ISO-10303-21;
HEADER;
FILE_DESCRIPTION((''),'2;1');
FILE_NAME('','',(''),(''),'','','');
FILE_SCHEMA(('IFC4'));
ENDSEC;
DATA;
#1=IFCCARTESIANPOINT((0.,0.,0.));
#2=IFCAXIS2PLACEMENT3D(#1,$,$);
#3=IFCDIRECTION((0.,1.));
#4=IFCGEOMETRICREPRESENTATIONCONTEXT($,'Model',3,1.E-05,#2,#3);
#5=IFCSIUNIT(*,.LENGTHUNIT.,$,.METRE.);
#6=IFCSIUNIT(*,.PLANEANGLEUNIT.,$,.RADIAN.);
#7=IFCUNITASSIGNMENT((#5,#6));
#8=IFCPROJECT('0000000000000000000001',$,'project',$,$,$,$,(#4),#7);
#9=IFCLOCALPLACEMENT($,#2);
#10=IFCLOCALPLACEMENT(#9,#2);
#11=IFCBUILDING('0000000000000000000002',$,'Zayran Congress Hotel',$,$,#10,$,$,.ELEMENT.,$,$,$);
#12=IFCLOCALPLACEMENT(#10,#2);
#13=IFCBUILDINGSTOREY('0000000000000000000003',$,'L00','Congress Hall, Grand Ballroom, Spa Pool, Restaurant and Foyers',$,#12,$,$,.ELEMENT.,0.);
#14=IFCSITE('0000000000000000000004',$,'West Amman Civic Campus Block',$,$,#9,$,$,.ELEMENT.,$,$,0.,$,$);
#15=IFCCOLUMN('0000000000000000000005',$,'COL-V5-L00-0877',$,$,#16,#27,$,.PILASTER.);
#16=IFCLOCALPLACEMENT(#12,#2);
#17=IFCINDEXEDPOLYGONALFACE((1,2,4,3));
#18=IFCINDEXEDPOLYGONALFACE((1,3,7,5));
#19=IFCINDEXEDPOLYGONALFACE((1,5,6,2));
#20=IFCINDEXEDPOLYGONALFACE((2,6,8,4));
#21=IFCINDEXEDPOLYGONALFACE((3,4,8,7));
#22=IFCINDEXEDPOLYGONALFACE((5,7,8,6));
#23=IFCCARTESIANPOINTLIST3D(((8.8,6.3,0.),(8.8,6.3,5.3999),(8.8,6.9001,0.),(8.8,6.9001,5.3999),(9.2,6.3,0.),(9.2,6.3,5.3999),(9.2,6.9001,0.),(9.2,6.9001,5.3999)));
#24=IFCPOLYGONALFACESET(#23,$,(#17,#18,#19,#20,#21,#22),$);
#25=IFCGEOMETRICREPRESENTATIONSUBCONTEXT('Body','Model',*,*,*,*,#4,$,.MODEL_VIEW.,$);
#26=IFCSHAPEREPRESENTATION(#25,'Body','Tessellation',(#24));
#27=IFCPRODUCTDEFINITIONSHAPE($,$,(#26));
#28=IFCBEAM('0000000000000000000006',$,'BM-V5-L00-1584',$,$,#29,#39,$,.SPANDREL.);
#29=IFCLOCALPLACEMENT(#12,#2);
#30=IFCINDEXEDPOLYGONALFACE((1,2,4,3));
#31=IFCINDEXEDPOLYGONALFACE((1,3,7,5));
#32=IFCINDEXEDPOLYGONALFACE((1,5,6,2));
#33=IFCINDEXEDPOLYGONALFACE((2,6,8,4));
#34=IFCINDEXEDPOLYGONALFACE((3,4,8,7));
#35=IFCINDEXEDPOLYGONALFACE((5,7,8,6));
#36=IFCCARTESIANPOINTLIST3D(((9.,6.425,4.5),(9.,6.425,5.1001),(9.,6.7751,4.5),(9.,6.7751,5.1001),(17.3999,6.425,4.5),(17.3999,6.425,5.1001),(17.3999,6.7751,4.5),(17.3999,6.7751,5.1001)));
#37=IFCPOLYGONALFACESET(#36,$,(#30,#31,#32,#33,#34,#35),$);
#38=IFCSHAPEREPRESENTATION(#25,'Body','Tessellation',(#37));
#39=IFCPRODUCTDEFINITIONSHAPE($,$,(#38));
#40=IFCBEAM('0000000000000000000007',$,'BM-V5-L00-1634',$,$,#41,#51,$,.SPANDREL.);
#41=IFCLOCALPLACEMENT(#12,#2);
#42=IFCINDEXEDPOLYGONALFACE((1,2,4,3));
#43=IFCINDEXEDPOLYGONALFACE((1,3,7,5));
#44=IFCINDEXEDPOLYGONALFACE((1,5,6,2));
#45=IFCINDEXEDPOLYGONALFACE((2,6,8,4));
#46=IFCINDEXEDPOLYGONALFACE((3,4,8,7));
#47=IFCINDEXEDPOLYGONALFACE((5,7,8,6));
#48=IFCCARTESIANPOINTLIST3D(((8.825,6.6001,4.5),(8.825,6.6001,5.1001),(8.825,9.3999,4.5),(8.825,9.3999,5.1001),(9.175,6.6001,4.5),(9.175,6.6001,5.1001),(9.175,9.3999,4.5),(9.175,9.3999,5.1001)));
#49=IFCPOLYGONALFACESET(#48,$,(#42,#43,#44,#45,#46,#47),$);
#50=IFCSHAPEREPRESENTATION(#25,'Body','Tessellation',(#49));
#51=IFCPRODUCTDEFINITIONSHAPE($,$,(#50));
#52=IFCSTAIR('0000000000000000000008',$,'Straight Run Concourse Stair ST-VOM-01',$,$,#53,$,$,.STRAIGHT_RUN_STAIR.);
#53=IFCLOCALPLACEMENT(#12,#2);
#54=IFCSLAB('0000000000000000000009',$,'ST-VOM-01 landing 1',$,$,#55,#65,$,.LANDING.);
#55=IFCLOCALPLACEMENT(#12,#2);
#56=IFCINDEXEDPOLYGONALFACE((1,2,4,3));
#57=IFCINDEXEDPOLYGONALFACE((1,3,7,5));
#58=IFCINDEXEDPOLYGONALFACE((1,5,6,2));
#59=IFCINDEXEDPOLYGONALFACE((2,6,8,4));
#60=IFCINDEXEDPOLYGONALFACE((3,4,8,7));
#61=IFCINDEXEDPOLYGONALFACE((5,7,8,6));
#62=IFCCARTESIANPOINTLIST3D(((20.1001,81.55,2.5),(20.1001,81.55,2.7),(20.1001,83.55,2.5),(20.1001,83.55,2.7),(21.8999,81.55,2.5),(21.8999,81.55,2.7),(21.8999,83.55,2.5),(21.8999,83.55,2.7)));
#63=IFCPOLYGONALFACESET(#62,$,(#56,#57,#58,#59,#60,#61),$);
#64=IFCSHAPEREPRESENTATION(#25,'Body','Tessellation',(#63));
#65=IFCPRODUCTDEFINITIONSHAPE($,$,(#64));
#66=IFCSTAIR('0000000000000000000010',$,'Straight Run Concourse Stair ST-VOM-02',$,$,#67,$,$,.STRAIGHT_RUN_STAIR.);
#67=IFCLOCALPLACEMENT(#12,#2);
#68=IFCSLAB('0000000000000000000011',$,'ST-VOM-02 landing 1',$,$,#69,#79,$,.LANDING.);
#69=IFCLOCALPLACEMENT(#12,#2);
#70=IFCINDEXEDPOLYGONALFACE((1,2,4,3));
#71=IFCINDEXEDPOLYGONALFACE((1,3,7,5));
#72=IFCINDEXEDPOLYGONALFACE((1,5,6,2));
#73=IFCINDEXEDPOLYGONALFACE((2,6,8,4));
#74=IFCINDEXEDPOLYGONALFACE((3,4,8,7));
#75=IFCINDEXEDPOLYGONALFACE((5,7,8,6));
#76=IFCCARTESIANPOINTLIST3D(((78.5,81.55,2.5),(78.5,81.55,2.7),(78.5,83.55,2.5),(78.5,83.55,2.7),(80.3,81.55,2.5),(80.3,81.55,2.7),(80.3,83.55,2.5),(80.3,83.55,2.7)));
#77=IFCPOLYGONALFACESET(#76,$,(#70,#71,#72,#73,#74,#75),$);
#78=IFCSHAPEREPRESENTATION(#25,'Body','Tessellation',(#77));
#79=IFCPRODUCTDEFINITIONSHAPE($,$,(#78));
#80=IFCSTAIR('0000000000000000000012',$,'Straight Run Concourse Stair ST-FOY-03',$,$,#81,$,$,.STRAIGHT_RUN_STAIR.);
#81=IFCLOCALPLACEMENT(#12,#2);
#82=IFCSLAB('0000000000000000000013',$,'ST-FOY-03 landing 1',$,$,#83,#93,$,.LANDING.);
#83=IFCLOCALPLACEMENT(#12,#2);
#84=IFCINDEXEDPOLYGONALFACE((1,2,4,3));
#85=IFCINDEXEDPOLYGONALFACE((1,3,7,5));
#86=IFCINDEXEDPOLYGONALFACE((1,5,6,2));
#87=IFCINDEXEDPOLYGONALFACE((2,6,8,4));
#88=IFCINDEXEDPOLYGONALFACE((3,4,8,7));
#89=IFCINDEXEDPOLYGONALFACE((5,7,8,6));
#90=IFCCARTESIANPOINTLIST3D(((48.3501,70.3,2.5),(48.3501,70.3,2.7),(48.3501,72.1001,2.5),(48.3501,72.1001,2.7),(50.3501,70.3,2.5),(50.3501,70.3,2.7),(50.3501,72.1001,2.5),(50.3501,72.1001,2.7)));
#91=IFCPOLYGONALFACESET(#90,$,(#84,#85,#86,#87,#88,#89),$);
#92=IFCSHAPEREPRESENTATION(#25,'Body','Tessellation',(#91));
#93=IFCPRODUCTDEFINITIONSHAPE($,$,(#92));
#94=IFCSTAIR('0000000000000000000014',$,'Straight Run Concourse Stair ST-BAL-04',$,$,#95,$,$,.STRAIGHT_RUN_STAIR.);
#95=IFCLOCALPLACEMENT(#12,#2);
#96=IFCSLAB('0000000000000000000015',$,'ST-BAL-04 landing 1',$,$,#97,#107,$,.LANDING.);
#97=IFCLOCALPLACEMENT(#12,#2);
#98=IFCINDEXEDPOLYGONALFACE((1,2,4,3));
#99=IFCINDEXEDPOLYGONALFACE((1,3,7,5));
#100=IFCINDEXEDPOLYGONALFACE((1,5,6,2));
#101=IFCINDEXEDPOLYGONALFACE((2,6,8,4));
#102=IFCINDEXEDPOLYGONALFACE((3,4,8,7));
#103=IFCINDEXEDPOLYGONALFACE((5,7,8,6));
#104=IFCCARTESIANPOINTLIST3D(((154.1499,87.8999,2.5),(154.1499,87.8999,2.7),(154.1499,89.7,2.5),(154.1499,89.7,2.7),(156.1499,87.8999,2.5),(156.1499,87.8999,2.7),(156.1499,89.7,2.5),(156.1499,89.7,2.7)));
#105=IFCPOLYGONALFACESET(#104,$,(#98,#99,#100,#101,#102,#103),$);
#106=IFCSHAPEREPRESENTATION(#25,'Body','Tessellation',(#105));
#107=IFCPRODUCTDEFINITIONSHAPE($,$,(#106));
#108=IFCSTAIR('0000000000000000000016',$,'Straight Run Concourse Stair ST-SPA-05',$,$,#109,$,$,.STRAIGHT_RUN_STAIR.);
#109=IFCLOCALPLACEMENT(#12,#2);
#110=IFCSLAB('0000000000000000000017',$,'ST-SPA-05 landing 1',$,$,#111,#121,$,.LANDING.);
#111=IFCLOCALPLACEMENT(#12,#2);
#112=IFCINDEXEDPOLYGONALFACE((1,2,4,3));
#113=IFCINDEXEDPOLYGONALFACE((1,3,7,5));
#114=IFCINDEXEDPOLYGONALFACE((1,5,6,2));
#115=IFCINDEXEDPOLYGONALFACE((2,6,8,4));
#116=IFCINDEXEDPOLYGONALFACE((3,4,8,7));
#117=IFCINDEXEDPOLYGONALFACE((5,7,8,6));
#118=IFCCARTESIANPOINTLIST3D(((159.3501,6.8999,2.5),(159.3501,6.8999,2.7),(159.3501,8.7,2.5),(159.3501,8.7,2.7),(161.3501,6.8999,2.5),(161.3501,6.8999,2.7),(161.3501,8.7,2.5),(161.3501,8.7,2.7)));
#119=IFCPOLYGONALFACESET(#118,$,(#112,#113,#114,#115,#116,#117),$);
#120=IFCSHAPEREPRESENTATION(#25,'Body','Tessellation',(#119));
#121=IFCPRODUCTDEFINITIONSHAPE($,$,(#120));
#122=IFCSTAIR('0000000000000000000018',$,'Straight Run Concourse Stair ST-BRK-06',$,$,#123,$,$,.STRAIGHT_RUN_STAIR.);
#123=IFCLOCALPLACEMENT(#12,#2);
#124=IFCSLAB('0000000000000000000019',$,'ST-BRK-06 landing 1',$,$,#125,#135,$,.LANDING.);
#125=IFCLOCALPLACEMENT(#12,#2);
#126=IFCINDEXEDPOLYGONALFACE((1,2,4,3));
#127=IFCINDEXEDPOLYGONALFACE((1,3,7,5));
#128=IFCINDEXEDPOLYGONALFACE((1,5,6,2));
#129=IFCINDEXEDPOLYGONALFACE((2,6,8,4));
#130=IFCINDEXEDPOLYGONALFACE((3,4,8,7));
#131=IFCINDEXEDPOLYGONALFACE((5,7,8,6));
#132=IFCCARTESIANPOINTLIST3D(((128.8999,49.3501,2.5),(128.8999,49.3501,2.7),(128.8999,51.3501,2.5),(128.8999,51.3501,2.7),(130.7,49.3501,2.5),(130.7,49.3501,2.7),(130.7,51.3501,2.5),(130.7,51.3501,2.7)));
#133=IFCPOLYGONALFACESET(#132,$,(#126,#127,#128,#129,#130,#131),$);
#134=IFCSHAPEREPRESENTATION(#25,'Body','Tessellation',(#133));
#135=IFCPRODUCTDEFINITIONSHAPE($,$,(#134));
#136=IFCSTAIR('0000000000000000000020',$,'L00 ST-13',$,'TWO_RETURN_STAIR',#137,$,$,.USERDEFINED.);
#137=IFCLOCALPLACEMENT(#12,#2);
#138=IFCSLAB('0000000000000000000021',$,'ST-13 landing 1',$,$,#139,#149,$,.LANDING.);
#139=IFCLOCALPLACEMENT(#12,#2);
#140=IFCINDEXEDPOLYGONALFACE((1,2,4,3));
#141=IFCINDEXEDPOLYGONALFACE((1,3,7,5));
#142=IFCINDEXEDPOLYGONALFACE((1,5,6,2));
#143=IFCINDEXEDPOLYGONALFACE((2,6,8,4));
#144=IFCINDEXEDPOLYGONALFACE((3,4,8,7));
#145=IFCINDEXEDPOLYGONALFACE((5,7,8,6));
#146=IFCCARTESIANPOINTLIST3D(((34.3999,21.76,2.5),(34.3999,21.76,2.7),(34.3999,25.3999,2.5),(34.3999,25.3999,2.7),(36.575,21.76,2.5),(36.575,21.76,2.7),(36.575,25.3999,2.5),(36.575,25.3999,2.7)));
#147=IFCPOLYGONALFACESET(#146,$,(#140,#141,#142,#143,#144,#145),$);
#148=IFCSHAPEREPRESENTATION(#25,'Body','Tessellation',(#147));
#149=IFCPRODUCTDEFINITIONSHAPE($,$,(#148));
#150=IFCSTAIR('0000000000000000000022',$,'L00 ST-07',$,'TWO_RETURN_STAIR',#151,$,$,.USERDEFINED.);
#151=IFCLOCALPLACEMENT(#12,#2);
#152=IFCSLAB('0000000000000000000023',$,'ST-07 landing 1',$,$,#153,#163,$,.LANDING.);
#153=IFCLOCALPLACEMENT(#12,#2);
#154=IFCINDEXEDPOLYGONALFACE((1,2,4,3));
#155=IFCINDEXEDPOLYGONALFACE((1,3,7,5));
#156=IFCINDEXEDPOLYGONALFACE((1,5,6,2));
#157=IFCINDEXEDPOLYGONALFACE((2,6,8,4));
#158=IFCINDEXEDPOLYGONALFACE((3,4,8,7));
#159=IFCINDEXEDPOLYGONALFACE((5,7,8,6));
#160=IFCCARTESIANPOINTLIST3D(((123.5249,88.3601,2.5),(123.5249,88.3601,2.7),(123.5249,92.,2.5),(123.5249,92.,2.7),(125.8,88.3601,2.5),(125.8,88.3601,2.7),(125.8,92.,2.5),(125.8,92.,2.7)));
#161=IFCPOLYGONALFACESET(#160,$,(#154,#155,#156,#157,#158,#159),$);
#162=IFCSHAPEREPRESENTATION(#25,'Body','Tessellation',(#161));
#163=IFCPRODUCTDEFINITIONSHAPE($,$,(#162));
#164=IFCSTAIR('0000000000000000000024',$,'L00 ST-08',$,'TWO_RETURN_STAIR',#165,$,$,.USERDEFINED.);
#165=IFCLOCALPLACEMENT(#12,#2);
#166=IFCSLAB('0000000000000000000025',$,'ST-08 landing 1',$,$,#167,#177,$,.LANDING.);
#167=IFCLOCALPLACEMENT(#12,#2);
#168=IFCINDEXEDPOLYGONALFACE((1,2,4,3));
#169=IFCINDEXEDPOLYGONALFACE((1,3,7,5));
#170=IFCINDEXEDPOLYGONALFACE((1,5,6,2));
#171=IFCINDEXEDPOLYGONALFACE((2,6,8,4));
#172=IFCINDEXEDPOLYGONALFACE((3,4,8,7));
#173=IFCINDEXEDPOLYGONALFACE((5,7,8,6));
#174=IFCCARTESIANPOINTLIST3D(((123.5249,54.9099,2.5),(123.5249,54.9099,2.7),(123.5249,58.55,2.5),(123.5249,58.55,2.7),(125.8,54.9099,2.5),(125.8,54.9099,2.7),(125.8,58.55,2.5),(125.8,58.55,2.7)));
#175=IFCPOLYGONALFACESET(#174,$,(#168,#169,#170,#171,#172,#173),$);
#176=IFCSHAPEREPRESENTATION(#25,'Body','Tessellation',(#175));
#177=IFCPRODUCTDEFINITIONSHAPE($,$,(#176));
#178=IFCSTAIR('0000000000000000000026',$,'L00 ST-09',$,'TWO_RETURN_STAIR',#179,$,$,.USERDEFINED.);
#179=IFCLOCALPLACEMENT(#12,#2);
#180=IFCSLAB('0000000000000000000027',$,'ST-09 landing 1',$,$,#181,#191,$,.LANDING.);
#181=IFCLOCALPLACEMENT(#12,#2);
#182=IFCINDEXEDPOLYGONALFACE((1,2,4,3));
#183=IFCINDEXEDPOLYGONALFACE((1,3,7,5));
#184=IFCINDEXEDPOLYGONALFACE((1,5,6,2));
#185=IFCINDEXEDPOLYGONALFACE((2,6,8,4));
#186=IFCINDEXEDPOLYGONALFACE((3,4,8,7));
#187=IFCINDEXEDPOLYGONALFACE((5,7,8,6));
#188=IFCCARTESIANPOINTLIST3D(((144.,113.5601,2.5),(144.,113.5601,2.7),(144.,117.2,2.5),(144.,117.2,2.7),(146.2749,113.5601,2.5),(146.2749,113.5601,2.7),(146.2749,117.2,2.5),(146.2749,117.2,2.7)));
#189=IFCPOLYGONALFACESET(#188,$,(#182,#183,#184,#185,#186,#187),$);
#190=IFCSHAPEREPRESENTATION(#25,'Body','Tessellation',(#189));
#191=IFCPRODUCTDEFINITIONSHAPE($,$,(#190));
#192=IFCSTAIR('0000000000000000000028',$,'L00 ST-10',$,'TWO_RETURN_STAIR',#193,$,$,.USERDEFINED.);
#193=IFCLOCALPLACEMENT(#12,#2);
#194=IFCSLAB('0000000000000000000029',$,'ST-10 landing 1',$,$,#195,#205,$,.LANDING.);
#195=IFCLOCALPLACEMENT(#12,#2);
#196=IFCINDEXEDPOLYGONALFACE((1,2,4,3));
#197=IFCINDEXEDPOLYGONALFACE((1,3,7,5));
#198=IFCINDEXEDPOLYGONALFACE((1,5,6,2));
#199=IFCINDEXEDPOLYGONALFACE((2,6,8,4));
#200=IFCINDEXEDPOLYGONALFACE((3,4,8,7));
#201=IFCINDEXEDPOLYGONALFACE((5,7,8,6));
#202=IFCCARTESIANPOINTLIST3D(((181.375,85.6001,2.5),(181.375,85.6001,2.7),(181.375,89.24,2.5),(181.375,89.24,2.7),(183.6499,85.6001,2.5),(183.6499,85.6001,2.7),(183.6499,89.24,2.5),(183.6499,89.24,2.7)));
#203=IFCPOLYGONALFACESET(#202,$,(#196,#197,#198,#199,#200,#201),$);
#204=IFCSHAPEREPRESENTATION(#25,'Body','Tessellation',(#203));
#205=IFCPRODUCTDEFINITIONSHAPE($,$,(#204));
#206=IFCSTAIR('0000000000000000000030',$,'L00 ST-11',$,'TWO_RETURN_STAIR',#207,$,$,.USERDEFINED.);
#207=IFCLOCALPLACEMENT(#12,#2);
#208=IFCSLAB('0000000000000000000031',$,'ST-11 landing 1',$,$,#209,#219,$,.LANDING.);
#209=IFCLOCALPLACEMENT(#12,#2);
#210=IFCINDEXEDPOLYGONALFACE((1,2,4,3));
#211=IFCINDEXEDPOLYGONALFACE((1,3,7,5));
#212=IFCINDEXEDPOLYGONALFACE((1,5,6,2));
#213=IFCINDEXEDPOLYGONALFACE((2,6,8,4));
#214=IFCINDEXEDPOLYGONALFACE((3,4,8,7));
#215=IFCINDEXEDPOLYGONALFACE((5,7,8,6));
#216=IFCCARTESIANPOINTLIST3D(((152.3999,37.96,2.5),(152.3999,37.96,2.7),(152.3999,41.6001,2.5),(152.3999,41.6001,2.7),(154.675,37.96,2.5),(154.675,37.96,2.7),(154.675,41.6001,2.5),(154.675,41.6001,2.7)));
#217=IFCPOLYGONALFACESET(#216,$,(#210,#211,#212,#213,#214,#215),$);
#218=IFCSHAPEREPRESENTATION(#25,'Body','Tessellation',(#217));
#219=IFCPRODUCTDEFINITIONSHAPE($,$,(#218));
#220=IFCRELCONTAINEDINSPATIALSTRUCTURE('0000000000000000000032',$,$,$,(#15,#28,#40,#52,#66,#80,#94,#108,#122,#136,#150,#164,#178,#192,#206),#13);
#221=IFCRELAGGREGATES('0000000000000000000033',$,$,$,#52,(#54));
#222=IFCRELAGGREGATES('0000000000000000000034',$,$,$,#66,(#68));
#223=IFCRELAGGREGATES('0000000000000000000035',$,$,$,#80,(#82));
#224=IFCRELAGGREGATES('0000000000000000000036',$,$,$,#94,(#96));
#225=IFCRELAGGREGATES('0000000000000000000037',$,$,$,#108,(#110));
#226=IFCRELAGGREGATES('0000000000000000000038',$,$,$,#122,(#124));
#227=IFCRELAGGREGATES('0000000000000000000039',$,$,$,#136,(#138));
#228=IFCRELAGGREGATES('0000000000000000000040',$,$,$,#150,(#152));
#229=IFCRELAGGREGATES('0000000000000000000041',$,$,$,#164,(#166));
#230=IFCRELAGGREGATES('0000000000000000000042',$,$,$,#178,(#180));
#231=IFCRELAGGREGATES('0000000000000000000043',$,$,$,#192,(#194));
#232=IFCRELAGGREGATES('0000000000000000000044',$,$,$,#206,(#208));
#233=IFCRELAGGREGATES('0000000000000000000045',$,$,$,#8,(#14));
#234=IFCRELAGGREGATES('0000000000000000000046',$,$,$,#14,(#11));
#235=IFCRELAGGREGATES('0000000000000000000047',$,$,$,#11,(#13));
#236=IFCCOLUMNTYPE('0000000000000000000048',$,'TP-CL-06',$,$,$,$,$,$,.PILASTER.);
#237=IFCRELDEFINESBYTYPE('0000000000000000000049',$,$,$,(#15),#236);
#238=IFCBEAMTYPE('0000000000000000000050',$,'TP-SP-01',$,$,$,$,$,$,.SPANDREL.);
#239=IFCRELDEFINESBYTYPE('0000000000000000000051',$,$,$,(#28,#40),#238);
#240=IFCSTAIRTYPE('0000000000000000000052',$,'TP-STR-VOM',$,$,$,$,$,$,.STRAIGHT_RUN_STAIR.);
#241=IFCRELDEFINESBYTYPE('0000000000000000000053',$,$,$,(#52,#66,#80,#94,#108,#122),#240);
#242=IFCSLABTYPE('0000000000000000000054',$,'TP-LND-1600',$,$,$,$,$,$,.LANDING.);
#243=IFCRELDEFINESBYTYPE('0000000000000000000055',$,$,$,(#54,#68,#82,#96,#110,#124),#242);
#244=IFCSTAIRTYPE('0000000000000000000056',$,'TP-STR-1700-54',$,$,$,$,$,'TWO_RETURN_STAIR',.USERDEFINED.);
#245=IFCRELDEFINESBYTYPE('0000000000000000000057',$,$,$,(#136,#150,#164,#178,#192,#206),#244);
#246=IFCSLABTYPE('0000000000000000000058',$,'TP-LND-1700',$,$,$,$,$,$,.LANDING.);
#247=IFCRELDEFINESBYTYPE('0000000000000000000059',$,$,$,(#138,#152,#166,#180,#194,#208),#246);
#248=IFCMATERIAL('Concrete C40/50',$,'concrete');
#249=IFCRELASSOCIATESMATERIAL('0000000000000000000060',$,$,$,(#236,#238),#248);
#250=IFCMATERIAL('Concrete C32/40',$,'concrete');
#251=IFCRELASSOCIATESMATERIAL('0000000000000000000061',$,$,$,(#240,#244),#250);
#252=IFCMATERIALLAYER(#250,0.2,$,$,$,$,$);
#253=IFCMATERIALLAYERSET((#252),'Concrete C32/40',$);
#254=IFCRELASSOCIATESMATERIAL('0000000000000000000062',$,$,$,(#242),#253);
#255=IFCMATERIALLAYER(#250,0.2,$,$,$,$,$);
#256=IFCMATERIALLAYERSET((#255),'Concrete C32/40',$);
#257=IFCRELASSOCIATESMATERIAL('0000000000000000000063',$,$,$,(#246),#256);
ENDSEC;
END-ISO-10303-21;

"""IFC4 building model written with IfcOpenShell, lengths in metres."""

from ifc_helpers import new_model, si_unit, direction, frame, origin, origin_2d, place, context, subcontext, project, spatial, polyline, rectangle, outline, extrude, material, layer, layer_set, material_profile, profile_set, type_object, element, aggregate, save


model = new_model("IFC4")

# Units and contexts
model_context = context("Model", 3, precision=1e-05, world=origin(), true_north=direction((0.0, 1.0)))
body_context = subcontext(model_context, "Body", "Model", "MODEL_VIEW")
ifc_project = project(units=[si_unit("LENGTHUNIT", "METRE"), si_unit("PLANEANGLEUNIT", "RADIAN")], contexts=[model_context])

# Site, building, storey
site_placement = place(None, origin())
site = spatial("IfcSite", under=ifc_project, at=site_placement, Name="West Amman Civic Campus Block", CompositionType="ELEMENT", RefElevation=0.0)
building_placement = place(site_placement, origin())
building = spatial("IfcBuilding", under=site, at=building_placement, Name="Zayran Congress Hotel", CompositionType="ELEMENT")
storey_placement = place(building_placement, origin())
storey = spatial("IfcBuildingStorey", under=building, at=storey_placement, Name="L00", Description="Congress Hall, Grand Ballroom, Spa Pool, Restaurant and Foyers", CompositionType="ELEMENT", Elevation=0.0)

# Column
ifc_material_1 = material(Name="Concrete C40/50", Category="concrete")
ifc_material_profile_1 = material_profile(ifc_material_1, rectangle(XDim=0.3999, YDim=0.6001, at=origin_2d()), Name="RC 600x400")
ifc_profile_set_1 = profile_set([ifc_material_profile_1], Name="Concrete C40/50")
column_type = type_object("IfcColumnType", Name="TP-CL-06", PredefinedType="PILASTER", material=ifc_profile_set_1)
column_placement = place(storey_placement, frame((9.0, 6.6001, 0.0), z_axis=(0.0, 0.0, 1.0), x_axis=(1.0, 0.0, 0.0)))
element("IfcColumn", 1, at=column_placement, inside=storey, type_object=column_type, Name="COL-V5-L00-0877", PredefinedType="PILASTER", context=body_context, shape_type="SweptSolid", body=[
    extrude(rectangle(XDim=0.3999, YDim=0.6001, at=origin_2d()), origin(), (0.0, 0.0, 1.0), 5.3999),
])

# Beams
ifc_material_profile_2 = material_profile(ifc_material_1, rectangle(XDim=0.3501, YDim=0.6001, at=origin_2d()), Name="RC 350x600")
ifc_profile_set_2 = profile_set([ifc_material_profile_2], Name="Concrete C40/50")
beam_type = type_object("IfcBeamType", Name="TP-SP-01", PredefinedType="SPANDREL", material=ifc_profile_set_2)
beam_1_placement = place(storey_placement, frame((9.0, 6.6001, 4.8), z_axis=(1.0, 0.0, 0.0), x_axis=(0.0, 1.0, 0.0)))
element("IfcBeam", 2, at=beam_1_placement, inside=storey, type_object=beam_type, Name="BM-V5-L00-1584", PredefinedType="SPANDREL", context=body_context, shape_type="SweptSolid", body=[
    extrude(rectangle(XDim=0.3501, YDim=0.6001, at=origin_2d()), origin(), (0.0, 0.0, 1.0), 8.3999),
])
beam_2_placement = place(storey_placement, frame((9.0, 6.6001, 4.8), z_axis=(0.0, 1.0, 0.0), x_axis=(-1.0, 0.0, 0.0)))
element("IfcBeam", 3, at=beam_2_placement, inside=storey, type_object=beam_type, Name="BM-V5-L00-1634", PredefinedType="SPANDREL", context=body_context, shape_type="SweptSolid", body=[
    extrude(rectangle(XDim=0.3501, YDim=0.6001, at=origin_2d()), origin(), (0.0, 0.0, 1.0), 2.7998),
])

# Stairs, slabs
ifc_material_2 = material(Name="Concrete C32/40", Category="concrete")
stair_type_1 = type_object("IfcStairType", Name="TP-STR-VOM", PredefinedType="STRAIGHT_RUN_STAIR", material=ifc_material_2)
stair_1_placement = place(storey_placement, origin())
stair_1 = element("IfcStair", 4, at=stair_1_placement, inside=storey, type_object=stair_type_1, Name="Straight Run Concourse Stair ST-VOM-01", PredefinedType="STRAIGHT_RUN_STAIR")
ifc_layer_1 = layer(ifc_material_2, 0.2)
ifc_layer_set_1 = layer_set([ifc_layer_1], Name="Concrete C32/40")
slab_type_1 = type_object("IfcSlabType", Name="TP-LND-1600", PredefinedType="LANDING", material=ifc_layer_set_1)
slab_1_placement = place(storey_placement, frame((0.0, 0.0, 2.5)))
slab_1 = element("IfcSlab", 5, at=slab_1_placement, type_object=slab_type_1, Name="ST-VOM-01 landing 1", PredefinedType="LANDING", context=body_context, shape_type="SweptSolid", body=[
    extrude(outline(polyline([(21.8999, 81.55), (21.8999, 83.55), (20.1001, 83.55), (20.1001, 81.55), (21.8999, 81.55)])), origin(), (0.0, 0.0, 1.0), 0.2),
])
aggregate(stair_1, [slab_1])
stair_2_placement = place(storey_placement, origin())
stair_2 = element("IfcStair", 6, at=stair_2_placement, inside=storey, type_object=stair_type_1, Name="Straight Run Concourse Stair ST-VOM-02", PredefinedType="STRAIGHT_RUN_STAIR")
slab_2_placement = place(storey_placement, frame((0.0, 0.0, 2.5)))
slab_2 = element("IfcSlab", 7, at=slab_2_placement, type_object=slab_type_1, Name="ST-VOM-02 landing 1", PredefinedType="LANDING", context=body_context, shape_type="SweptSolid", body=[
    extrude(outline(polyline([(80.3, 81.55), (80.3, 83.55), (78.5, 83.55), (78.5, 81.55), (80.3, 81.55)])), origin(), (0.0, 0.0, 1.0), 0.2),
])
aggregate(stair_2, [slab_2])
stair_3_placement = place(storey_placement, origin())
stair_3 = element("IfcStair", 8, at=stair_3_placement, inside=storey, type_object=stair_type_1, Name="Straight Run Concourse Stair ST-FOY-03", PredefinedType="STRAIGHT_RUN_STAIR")
slab_3_placement = place(storey_placement, frame((0.0, 0.0, 2.5)))
slab_3 = element("IfcSlab", 9, at=slab_3_placement, type_object=slab_type_1, Name="ST-FOY-03 landing 1", PredefinedType="LANDING", context=body_context, shape_type="SweptSolid", body=[
    extrude(outline(polyline([(48.3501, 70.3), (50.3501, 70.3), (50.3501, 72.1001), (48.3501, 72.1001), (48.3501, 70.3)])), origin(), (0.0, 0.0, 1.0), 0.2),
])
aggregate(stair_3, [slab_3])
stair_4_placement = place(storey_placement, origin())
stair_4 = element("IfcStair", 10, at=stair_4_placement, inside=storey, type_object=stair_type_1, Name="Straight Run Concourse Stair ST-BAL-04", PredefinedType="STRAIGHT_RUN_STAIR")
slab_4_placement = place(storey_placement, frame((0.0, 0.0, 2.5)))
slab_4 = element("IfcSlab", 11, at=slab_4_placement, type_object=slab_type_1, Name="ST-BAL-04 landing 1", PredefinedType="LANDING", context=body_context, shape_type="SweptSolid", body=[
    extrude(outline(polyline([(154.1499, 87.8999), (156.1499, 87.8999), (156.1499, 89.7), (154.1499, 89.7), (154.1499, 87.8999)])), origin(), (0.0, 0.0, 1.0), 0.2),
])
aggregate(stair_4, [slab_4])
stair_5_placement = place(storey_placement, origin())
stair_5 = element("IfcStair", 12, at=stair_5_placement, inside=storey, type_object=stair_type_1, Name="Straight Run Concourse Stair ST-SPA-05", PredefinedType="STRAIGHT_RUN_STAIR")
slab_5_placement = place(storey_placement, frame((0.0, 0.0, 2.5)))
slab_5 = element("IfcSlab", 13, at=slab_5_placement, type_object=slab_type_1, Name="ST-SPA-05 landing 1", PredefinedType="LANDING", context=body_context, shape_type="SweptSolid", body=[
    extrude(outline(polyline([(159.3501, 6.8999), (161.3501, 6.8999), (161.3501, 8.7), (159.3501, 8.7), (159.3501, 6.8999)])), origin(), (0.0, 0.0, 1.0), 0.2),
])
aggregate(stair_5, [slab_5])
stair_6_placement = place(storey_placement, origin())
stair_6 = element("IfcStair", 14, at=stair_6_placement, inside=storey, type_object=stair_type_1, Name="Straight Run Concourse Stair ST-BRK-06", PredefinedType="STRAIGHT_RUN_STAIR")
slab_6_placement = place(storey_placement, frame((0.0, 0.0, 2.5)))
slab_6 = element("IfcSlab", 15, at=slab_6_placement, type_object=slab_type_1, Name="ST-BRK-06 landing 1", PredefinedType="LANDING", context=body_context, shape_type="SweptSolid", body=[
    extrude(outline(polyline([(130.7, 49.3501), (130.7, 51.3501), (128.8999, 51.3501), (128.8999, 49.3501), (130.7, 49.3501)])), origin(), (0.0, 0.0, 1.0), 0.2),
])
aggregate(stair_6, [slab_6])
stair_type_2 = type_object("IfcStairType", Name="TP-STR-1700-54", ElementType="TWO_RETURN_STAIR", PredefinedType="USERDEFINED", material=ifc_material_2)
stair_7_placement = place(storey_placement, origin())
stair_7 = element("IfcStair", 16, at=stair_7_placement, inside=storey, type_object=stair_type_2, Name="L00 ST-13", ObjectType="TWO_RETURN_STAIR", PredefinedType="USERDEFINED")
ifc_layer_2 = layer(ifc_material_2, 0.2)
ifc_layer_set_2 = layer_set([ifc_layer_2], Name="Concrete C32/40")
slab_type_2 = type_object("IfcSlabType", Name="TP-LND-1700", PredefinedType="LANDING", material=ifc_layer_set_2)
slab_7_placement = place(storey_placement, frame((0.0, 0.0, 2.5)))
slab_7 = element("IfcSlab", 17, at=slab_7_placement, type_object=slab_type_2, Name="ST-13 landing 1", PredefinedType="LANDING", context=body_context, shape_type="SweptSolid", body=[
    extrude(outline(polyline([(36.575, 25.3999), (34.3999, 25.3999), (34.3999, 21.76), (36.575, 21.76), (36.575, 25.3999)])), origin(), (0.0, 0.0, 1.0), 0.2),
])
aggregate(stair_7, [slab_7])
stair_8_placement = place(storey_placement, origin())
stair_8 = element("IfcStair", 18, at=stair_8_placement, inside=storey, type_object=stair_type_2, Name="L00 ST-07", ObjectType="TWO_RETURN_STAIR", PredefinedType="USERDEFINED")
slab_8_placement = place(storey_placement, frame((0.0, 0.0, 2.5)))
slab_8 = element("IfcSlab", 19, at=slab_8_placement, type_object=slab_type_2, Name="ST-07 landing 1", PredefinedType="LANDING", context=body_context, shape_type="SweptSolid", body=[
    extrude(outline(polyline([(123.5249, 88.3601), (125.8, 88.3601), (125.8, 92.0), (123.5249, 92.0), (123.5249, 88.3601)])), origin(), (0.0, 0.0, 1.0), 0.2),
])
aggregate(stair_8, [slab_8])
stair_9_placement = place(storey_placement, origin())
stair_9 = element("IfcStair", 20, at=stair_9_placement, inside=storey, type_object=stair_type_2, Name="L00 ST-08", ObjectType="TWO_RETURN_STAIR", PredefinedType="USERDEFINED")
slab_9_placement = place(storey_placement, frame((0.0, 0.0, 2.5)))
slab_9 = element("IfcSlab", 21, at=slab_9_placement, type_object=slab_type_2, Name="ST-08 landing 1", PredefinedType="LANDING", context=body_context, shape_type="SweptSolid", body=[
    extrude(outline(polyline([(123.5249, 54.9099), (125.8, 54.9099), (125.8, 58.55), (123.5249, 58.55), (123.5249, 54.9099)])), origin(), (0.0, 0.0, 1.0), 0.2),
])
aggregate(stair_9, [slab_9])
stair_10_placement = place(storey_placement, origin())
stair_10 = element("IfcStair", 22, at=stair_10_placement, inside=storey, type_object=stair_type_2, Name="L00 ST-09", ObjectType="TWO_RETURN_STAIR", PredefinedType="USERDEFINED")
slab_10_placement = place(storey_placement, frame((0.0, 0.0, 2.5)))
slab_10 = element("IfcSlab", 23, at=slab_10_placement, type_object=slab_type_2, Name="ST-09 landing 1", PredefinedType="LANDING", context=body_context, shape_type="SweptSolid", body=[
    extrude(outline(polyline([(146.2749, 117.2), (144.0, 117.2), (144.0, 113.5601), (146.2749, 113.5601), (146.2749, 117.2)])), origin(), (0.0, 0.0, 1.0), 0.2),
])
aggregate(stair_10, [slab_10])
stair_11_placement = place(storey_placement, origin())
stair_11 = element("IfcStair", 24, at=stair_11_placement, inside=storey, type_object=stair_type_2, Name="L00 ST-10", ObjectType="TWO_RETURN_STAIR", PredefinedType="USERDEFINED")
slab_11_placement = place(storey_placement, frame((0.0, 0.0, 2.5)))
slab_11 = element("IfcSlab", 25, at=slab_11_placement, type_object=slab_type_2, Name="ST-10 landing 1", PredefinedType="LANDING", context=body_context, shape_type="SweptSolid", body=[
    extrude(outline(polyline([(181.375, 85.6001), (183.6499, 85.6001), (183.6499, 89.24), (181.375, 89.24), (181.375, 85.6001)])), origin(), (0.0, 0.0, 1.0), 0.2),
])
aggregate(stair_11, [slab_11])
stair_12_placement = place(storey_placement, origin())
stair_12 = element("IfcStair", 26, at=stair_12_placement, inside=storey, type_object=stair_type_2, Name="L00 ST-11", ObjectType="TWO_RETURN_STAIR", PredefinedType="USERDEFINED")
slab_12_placement = place(storey_placement, frame((0.0, 0.0, 2.5)))
slab_12 = element("IfcSlab", 27, at=slab_12_placement, type_object=slab_type_2, Name="ST-11 landing 1", PredefinedType="LANDING", context=body_context, shape_type="SweptSolid", body=[
    extrude(outline(polyline([(154.675, 41.6001), (152.3999, 41.6001), (152.3999, 37.96), (154.675, 37.96), (154.675, 41.6001)])), origin(), (0.0, 0.0, 1.0), 0.2),
])
aggregate(stair_12, [slab_12])

save(model, "model.ifc")
